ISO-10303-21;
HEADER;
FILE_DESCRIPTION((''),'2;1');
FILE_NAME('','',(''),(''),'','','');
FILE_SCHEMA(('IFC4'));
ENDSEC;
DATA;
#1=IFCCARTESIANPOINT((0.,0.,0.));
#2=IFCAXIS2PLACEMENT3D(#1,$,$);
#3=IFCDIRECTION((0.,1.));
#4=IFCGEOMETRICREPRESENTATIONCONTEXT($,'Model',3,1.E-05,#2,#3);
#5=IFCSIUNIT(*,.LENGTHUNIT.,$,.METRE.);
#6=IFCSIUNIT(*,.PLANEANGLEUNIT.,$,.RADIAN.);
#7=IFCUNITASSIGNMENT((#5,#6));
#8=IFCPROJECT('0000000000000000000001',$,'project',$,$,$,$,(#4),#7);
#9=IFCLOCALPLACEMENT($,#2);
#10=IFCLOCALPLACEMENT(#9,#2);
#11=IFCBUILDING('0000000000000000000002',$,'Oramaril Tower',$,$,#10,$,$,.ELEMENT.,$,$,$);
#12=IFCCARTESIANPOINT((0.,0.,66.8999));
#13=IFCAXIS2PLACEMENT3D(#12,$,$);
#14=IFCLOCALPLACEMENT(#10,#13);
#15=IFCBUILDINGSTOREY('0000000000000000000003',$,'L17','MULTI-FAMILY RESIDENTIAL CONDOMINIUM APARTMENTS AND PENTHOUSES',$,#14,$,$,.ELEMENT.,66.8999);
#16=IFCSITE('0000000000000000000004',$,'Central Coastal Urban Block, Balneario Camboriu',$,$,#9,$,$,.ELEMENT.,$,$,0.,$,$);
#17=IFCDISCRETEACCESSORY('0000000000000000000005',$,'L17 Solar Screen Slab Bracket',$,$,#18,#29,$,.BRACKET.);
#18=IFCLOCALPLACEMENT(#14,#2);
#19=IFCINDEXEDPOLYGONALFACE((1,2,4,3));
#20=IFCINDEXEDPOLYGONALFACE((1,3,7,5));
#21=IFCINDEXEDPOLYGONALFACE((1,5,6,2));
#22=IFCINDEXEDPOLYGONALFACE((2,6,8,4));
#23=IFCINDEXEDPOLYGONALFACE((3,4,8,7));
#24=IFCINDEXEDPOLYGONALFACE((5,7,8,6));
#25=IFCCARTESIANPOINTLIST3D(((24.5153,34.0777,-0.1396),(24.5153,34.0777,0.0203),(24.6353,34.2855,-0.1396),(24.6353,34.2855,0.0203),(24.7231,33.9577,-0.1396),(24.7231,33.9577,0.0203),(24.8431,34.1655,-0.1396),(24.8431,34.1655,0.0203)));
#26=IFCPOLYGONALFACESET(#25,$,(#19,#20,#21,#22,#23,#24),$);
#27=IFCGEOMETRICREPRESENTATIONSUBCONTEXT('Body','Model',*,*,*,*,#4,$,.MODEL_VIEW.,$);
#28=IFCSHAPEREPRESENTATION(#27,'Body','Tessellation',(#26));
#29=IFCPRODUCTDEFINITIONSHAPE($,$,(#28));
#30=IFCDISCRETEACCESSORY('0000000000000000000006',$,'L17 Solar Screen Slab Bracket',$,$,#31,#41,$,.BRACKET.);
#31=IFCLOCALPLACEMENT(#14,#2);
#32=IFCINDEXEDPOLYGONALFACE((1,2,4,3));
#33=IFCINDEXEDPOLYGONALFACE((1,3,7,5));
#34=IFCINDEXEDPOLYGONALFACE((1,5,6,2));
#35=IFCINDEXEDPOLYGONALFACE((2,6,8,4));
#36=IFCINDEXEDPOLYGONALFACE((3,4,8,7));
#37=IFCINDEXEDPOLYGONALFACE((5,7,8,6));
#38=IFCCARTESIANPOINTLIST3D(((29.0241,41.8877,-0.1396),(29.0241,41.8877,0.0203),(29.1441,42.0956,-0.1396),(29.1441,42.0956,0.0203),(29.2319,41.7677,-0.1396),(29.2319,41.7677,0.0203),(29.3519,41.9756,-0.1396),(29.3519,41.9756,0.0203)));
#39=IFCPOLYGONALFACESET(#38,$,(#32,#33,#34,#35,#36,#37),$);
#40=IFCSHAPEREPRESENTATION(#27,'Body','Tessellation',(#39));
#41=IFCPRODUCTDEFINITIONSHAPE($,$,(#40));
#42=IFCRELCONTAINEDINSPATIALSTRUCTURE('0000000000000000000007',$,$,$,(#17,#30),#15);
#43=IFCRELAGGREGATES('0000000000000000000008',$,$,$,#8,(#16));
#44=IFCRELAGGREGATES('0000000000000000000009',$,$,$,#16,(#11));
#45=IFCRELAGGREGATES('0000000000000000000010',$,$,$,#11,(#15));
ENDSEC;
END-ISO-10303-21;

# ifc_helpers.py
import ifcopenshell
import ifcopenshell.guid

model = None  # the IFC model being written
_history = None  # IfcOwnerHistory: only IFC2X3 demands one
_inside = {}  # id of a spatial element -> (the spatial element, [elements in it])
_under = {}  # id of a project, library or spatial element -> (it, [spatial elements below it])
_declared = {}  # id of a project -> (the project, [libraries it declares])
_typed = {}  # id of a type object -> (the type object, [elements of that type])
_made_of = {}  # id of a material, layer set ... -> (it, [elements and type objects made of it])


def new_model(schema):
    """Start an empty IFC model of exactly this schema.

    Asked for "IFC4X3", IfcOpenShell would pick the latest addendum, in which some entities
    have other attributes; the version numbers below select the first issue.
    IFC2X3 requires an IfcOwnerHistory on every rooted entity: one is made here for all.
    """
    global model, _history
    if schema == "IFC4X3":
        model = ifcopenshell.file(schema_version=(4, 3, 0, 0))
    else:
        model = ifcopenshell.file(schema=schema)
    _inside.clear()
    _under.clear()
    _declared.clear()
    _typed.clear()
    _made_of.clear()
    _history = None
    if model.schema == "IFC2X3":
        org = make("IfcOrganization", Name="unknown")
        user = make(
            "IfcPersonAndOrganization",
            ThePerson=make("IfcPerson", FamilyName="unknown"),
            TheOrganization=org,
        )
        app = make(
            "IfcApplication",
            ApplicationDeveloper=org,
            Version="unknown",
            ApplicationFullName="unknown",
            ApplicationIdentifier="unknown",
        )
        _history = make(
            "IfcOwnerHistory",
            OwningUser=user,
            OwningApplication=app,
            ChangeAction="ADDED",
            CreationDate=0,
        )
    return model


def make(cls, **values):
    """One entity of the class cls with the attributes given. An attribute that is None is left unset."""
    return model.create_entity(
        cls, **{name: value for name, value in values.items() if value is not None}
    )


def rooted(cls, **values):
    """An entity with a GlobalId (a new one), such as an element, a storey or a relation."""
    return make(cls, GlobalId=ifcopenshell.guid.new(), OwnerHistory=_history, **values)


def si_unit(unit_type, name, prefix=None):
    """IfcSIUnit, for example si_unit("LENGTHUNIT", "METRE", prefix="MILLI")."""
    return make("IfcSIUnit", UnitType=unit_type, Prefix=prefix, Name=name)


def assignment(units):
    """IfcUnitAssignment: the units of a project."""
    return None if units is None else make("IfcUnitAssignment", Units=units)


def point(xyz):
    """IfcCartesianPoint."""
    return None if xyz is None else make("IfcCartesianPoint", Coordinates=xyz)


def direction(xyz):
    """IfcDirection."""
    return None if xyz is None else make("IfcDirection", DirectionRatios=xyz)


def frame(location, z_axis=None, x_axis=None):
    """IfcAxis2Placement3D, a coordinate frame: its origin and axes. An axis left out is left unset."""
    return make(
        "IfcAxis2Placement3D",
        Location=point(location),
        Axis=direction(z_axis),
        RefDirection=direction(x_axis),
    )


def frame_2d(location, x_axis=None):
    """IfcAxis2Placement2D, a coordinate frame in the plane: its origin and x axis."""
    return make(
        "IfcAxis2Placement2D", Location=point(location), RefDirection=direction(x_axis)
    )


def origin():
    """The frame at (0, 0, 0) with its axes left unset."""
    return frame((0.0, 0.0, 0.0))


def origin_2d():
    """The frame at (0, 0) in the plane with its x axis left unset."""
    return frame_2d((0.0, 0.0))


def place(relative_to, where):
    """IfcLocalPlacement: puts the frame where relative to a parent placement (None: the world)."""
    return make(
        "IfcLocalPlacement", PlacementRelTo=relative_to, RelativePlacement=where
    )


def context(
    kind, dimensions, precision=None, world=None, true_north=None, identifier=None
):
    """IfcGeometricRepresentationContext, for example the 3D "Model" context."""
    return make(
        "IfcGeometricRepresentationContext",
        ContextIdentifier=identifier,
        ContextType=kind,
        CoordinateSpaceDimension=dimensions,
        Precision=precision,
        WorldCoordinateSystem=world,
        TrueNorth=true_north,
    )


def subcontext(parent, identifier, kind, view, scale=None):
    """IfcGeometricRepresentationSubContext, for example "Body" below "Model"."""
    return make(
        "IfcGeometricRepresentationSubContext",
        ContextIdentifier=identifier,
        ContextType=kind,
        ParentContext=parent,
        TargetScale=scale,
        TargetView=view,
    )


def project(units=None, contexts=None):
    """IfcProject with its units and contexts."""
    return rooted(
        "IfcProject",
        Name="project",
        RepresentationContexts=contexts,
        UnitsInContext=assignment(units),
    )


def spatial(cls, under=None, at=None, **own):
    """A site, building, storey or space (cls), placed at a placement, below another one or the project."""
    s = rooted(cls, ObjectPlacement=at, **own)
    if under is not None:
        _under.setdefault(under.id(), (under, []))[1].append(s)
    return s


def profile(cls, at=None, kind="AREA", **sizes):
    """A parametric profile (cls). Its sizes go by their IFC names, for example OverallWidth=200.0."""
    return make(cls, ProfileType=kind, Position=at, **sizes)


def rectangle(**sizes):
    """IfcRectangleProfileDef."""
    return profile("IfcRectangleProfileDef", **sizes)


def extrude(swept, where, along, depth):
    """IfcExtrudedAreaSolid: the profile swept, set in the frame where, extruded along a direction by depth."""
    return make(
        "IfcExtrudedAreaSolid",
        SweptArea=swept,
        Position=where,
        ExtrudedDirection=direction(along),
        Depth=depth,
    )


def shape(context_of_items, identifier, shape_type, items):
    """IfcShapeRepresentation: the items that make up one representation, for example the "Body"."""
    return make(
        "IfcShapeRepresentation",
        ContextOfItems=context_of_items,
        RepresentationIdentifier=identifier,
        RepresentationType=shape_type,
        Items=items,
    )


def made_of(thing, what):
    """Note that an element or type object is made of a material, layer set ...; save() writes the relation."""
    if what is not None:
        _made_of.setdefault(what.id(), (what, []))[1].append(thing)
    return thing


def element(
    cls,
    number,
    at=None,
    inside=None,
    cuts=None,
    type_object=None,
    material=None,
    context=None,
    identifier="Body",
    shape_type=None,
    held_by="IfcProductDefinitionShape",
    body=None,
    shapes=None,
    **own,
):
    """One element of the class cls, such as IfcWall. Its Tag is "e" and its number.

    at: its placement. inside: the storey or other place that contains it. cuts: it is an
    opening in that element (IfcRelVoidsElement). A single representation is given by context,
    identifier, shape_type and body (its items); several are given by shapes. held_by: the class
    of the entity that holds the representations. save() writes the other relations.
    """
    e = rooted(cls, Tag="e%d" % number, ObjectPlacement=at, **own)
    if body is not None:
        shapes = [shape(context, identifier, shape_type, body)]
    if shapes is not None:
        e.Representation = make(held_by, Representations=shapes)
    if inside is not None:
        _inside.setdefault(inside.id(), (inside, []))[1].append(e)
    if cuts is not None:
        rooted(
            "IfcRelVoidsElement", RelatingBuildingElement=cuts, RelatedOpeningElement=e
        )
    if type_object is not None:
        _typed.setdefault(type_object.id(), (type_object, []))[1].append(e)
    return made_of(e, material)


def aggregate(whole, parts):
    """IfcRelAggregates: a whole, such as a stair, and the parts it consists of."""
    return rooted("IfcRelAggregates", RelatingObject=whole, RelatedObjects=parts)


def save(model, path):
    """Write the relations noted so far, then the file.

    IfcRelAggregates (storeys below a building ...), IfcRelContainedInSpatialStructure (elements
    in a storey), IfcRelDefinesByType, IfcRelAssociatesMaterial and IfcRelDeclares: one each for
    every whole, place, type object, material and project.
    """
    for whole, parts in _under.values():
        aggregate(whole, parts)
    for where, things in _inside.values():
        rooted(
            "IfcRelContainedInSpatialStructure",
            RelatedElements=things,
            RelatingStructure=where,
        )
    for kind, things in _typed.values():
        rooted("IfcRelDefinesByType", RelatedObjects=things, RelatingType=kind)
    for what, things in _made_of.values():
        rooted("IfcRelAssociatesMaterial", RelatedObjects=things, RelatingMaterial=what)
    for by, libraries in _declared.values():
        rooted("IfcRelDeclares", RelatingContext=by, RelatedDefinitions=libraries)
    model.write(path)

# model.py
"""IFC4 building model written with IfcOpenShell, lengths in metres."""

from ifc_helpers import new_model, si_unit, direction, frame, origin, origin_2d, place, context, subcontext, project, spatial, rectangle, extrude, element, save


model = new_model("IFC4")

# Units and contexts
model_context = context("Model", 3, precision=1e-05, world=origin(), true_north=direction((0.0, 1.0)))
body_context = subcontext(model_context, "Body", "Model", "MODEL_VIEW")
ifc_project = project(units=[si_unit("LENGTHUNIT", "METRE"), si_unit("PLANEANGLEUNIT", "RADIAN")], contexts=[model_context])

# Site, building, storey
site_placement = place(None, origin())
site = spatial("IfcSite", under=ifc_project, at=site_placement, Name="Central Coastal Urban Block, Balneario Camboriu", CompositionType="ELEMENT", RefElevation=0.0)
building_placement = place(site_placement, origin())
building = spatial("IfcBuilding", under=site, at=building_placement, Name="Oramaril Tower", CompositionType="ELEMENT")
storey_placement = place(building_placement, frame((0.0, 0.0, 66.8999)))
storey = spatial("IfcBuildingStorey", under=building, at=storey_placement, Name="L17", Description="MULTI-FAMILY RESIDENTIAL CONDOMINIUM APARTMENTS AND PENTHOUSES", CompositionType="ELEMENT", Elevation=66.8999)

# Discrete accessories
for number, where, z_axis, x_axis, name in (
    (1, (24.6792, 34.1216, -0.1396), (0.0, 0.0, 1.0), (-0.5, -0.866025, 0.0), "L17 Solar Screen Slab Bracket"),
    (2, (29.188, 41.9316, -0.1396), (0.0, 0.0, 1.0), (-0.5, -0.866025, 0.0), "L17 Solar Screen Slab Bracket"),
):
    element("IfcDiscreteAccessory", number, at=place(storey_placement, frame(where, z_axis=z_axis, x_axis=x_axis)), inside=storey, Name=name, PredefinedType="BRACKET", context=body_context, shape_type="SweptSolid", body=[
        extrude(rectangle(XDim=0.24, YDim=0.24, at=origin_2d()), origin(), (0.0, 0.0, 1.0), 0.1599),
    ])

save(model, "model.ifc")
